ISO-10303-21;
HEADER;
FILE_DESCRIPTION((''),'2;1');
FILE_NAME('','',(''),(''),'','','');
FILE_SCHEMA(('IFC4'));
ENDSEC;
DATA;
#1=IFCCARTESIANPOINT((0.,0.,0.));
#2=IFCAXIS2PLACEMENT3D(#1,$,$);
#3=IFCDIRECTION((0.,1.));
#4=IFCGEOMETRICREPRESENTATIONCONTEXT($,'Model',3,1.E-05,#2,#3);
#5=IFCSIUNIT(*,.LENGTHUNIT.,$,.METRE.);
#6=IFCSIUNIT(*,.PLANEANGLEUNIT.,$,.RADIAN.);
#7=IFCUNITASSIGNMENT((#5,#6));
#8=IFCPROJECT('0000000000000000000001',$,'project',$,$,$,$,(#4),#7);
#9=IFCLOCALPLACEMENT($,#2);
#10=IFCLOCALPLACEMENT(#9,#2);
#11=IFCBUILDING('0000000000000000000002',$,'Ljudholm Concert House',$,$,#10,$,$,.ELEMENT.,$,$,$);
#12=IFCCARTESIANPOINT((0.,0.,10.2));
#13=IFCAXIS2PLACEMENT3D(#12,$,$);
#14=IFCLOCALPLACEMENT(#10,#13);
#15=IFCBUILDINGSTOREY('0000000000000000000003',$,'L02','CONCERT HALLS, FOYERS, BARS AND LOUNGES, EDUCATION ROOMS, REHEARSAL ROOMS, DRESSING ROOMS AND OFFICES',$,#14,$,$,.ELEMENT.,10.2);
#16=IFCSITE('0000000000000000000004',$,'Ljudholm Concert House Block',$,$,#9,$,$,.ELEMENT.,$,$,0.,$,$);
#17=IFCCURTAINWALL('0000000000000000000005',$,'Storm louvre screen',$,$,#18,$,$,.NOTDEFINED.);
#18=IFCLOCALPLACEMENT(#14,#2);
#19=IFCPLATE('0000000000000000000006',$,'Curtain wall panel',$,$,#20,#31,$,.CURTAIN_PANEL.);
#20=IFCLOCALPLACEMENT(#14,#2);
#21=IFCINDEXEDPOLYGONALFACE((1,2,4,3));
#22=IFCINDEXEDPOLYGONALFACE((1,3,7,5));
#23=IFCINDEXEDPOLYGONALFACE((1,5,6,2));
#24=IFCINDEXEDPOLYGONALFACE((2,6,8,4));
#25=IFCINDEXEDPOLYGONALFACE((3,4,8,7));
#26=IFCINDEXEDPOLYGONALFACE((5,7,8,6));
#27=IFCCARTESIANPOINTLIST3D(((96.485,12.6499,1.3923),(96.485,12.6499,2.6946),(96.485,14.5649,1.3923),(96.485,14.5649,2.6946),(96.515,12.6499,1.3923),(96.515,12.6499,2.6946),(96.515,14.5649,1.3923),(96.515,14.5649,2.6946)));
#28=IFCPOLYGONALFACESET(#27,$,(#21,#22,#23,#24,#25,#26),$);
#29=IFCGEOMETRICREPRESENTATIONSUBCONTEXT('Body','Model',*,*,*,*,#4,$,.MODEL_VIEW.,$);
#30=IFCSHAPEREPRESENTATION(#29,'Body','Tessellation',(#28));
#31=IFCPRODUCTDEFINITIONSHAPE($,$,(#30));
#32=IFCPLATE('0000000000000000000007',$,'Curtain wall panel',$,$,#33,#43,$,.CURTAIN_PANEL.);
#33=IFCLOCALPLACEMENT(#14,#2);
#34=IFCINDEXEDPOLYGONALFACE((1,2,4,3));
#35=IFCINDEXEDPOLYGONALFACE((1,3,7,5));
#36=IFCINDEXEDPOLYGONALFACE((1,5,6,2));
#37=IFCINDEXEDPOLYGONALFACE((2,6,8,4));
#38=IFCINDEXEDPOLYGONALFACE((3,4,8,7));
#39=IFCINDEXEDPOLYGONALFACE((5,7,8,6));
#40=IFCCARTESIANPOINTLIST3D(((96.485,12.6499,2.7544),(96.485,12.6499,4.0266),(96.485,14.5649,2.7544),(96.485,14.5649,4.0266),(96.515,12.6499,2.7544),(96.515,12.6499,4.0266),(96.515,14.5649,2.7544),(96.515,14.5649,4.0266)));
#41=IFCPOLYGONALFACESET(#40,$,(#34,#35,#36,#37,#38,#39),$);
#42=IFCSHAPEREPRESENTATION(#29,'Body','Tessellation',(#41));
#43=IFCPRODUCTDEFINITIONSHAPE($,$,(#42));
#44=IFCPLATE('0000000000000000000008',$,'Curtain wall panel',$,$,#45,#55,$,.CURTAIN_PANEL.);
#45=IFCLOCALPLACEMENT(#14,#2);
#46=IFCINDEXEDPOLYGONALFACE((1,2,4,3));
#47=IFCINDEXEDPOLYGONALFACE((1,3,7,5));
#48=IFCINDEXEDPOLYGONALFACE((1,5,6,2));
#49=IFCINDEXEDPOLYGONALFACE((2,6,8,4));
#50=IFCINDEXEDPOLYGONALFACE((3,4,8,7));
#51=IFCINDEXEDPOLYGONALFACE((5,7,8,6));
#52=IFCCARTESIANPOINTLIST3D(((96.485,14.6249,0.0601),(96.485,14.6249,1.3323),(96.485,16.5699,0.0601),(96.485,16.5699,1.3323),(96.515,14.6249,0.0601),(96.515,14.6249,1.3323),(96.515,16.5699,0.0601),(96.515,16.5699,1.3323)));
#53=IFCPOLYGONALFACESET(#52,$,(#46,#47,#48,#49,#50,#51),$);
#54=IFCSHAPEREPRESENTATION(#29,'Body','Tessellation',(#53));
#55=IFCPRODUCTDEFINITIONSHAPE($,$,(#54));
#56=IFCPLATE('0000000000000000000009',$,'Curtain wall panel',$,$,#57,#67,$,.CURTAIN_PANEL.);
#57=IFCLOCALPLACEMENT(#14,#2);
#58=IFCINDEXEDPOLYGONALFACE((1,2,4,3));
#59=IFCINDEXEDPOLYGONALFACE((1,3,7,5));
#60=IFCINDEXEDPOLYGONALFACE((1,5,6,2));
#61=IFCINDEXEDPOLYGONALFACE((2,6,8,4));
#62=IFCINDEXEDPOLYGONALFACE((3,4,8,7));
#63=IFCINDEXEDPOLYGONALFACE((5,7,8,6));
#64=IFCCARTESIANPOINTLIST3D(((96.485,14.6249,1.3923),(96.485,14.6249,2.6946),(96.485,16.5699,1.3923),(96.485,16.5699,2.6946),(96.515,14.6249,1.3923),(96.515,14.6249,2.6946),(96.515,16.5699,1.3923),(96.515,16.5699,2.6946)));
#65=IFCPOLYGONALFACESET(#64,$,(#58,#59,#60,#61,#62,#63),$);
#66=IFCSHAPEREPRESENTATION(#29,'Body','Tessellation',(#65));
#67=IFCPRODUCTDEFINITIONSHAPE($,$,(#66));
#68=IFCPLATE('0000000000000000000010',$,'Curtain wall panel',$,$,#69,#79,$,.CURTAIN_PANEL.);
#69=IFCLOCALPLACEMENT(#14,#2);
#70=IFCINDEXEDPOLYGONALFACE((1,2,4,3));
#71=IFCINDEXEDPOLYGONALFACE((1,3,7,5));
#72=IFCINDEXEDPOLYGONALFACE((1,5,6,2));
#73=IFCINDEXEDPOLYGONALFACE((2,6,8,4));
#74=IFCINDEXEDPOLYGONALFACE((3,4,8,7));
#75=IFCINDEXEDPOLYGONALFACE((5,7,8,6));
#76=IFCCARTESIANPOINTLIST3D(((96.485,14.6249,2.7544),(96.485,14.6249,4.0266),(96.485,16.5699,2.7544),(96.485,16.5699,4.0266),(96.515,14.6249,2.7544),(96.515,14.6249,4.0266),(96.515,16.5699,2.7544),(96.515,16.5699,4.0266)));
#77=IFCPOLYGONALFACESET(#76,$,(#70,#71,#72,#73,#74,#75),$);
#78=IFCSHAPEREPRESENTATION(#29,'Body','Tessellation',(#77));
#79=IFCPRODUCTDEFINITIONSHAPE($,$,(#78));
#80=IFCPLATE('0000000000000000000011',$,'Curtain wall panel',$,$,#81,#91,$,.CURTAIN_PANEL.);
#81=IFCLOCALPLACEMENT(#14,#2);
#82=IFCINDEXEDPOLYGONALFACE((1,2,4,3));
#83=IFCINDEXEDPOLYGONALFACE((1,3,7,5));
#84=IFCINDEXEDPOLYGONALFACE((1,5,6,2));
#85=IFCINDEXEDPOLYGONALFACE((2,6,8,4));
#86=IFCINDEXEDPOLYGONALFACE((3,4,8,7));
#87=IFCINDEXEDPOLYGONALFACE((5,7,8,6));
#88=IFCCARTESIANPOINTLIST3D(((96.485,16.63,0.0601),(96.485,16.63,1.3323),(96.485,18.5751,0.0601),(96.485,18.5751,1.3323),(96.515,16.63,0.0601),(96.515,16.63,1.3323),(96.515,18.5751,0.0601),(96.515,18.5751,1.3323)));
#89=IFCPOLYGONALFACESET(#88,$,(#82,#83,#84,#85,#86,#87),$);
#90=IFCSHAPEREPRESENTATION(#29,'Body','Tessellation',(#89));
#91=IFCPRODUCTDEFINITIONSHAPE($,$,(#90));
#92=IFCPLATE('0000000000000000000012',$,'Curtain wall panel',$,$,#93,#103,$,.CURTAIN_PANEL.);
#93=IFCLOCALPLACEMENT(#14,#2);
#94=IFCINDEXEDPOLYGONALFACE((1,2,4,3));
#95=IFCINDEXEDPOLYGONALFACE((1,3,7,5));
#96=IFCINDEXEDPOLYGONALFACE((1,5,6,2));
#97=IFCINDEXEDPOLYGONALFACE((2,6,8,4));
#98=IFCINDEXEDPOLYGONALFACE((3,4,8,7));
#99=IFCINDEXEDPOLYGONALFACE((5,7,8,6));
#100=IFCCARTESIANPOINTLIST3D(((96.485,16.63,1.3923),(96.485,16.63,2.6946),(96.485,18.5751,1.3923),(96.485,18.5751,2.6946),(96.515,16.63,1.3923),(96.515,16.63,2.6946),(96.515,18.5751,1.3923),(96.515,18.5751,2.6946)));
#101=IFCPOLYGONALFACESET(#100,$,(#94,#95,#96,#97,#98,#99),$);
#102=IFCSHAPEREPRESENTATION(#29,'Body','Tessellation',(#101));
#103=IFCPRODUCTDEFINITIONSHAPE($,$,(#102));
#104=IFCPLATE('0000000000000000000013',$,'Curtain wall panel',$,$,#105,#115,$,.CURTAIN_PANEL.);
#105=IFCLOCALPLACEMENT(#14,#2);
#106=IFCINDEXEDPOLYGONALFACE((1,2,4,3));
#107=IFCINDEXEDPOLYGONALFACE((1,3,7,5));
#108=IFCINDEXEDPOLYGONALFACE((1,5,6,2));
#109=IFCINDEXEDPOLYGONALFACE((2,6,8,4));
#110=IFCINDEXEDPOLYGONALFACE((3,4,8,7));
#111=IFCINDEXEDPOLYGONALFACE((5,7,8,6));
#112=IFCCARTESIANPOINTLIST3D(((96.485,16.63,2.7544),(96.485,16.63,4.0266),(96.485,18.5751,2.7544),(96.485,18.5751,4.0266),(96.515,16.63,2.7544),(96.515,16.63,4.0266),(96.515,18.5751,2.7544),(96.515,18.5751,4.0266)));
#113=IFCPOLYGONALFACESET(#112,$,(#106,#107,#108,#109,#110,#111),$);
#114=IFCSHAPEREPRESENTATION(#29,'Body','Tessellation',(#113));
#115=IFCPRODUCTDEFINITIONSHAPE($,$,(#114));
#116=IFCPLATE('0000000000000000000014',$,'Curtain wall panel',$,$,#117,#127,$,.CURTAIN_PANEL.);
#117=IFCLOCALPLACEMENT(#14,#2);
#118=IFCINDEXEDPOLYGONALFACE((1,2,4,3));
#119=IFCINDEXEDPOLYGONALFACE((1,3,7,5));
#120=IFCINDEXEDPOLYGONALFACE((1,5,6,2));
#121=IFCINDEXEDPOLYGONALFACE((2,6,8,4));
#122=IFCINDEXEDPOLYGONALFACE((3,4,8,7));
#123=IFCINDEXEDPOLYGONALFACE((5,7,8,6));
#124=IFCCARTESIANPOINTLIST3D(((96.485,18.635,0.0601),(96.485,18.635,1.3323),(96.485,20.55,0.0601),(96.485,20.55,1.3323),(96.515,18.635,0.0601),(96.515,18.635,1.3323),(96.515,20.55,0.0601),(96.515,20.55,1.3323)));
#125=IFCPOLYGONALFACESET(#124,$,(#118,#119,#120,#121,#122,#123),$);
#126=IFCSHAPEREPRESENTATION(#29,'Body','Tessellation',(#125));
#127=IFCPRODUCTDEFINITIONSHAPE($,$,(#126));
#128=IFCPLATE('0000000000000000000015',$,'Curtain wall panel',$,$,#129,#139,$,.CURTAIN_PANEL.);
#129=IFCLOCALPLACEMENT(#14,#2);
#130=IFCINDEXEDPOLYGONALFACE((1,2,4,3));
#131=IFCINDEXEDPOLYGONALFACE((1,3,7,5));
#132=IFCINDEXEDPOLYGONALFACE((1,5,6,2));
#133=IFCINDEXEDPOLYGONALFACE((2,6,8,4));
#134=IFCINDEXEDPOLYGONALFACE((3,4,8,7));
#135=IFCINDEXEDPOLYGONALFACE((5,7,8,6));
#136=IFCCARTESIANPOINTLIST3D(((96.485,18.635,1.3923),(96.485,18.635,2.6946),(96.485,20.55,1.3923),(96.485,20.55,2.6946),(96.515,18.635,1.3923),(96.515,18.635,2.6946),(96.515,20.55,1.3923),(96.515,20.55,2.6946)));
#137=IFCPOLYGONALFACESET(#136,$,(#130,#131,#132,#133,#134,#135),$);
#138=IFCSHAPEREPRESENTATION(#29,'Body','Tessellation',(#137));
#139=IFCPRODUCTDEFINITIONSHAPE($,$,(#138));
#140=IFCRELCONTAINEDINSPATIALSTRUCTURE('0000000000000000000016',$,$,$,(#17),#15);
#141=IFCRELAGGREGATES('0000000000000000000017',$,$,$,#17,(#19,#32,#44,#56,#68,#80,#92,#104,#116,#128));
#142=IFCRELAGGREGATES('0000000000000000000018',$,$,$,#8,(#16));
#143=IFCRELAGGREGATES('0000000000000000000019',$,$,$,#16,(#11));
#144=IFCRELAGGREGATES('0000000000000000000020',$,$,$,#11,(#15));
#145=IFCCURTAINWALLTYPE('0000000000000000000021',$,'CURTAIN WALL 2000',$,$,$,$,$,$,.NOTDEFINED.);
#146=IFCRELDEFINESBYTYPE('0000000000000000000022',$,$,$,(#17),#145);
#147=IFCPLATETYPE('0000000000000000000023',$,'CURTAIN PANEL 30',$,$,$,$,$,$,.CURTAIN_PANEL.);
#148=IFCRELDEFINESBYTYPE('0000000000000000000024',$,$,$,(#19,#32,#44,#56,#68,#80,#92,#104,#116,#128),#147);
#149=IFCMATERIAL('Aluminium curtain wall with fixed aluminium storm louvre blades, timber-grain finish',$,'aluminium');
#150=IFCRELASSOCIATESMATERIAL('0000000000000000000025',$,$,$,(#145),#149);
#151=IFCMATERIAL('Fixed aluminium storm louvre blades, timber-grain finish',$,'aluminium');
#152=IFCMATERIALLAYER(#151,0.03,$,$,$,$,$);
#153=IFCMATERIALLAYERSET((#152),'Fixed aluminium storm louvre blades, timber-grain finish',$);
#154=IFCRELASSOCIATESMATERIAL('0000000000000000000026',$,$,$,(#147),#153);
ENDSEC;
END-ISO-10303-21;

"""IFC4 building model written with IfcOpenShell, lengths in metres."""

from ifc_helpers import new_model, si_unit, direction, frame, origin, origin_2d, place, context, subcontext, project, spatial, rectangle, extrude, material, layer, layer_set, type_object, element, aggregate, save


model = new_model("IFC4")

# Units and contexts
model_context = context("Model", 3, precision=1e-05, world=origin(), true_north=direction((0.0, 1.0)))
body_context = subcontext(model_context, "Body", "Model", "MODEL_VIEW")
ifc_project = project(units=[si_unit("LENGTHUNIT", "METRE"), si_unit("PLANEANGLEUNIT", "RADIAN")], contexts=[model_context])

# Site, building, storey
site_placement = place(None, origin())
site = spatial("IfcSite", under=ifc_project, at=site_placement, Name="Ljudholm Concert House Block", CompositionType="ELEMENT", RefElevation=0.0)
building_placement = place(site_placement, origin())
building = spatial("IfcBuilding", under=site, at=building_placement, Name="Ljudholm Concert House", CompositionType="ELEMENT")
storey_placement = place(building_placement, frame((0.0, 0.0, 10.2)))
storey = spatial("IfcBuildingStorey", under=building, at=storey_placement, Name="L02", Description="CONCERT HALLS, FOYERS, BARS AND LOUNGES, EDUCATION ROOMS, REHEARSAL ROOMS, DRESSING ROOMS AND OFFICES", CompositionType="ELEMENT", Elevation=10.2)

# Curtain wall, plates
ifc_material_1 = material(Name="Aluminium curtain wall with fixed aluminium storm louvre blades, timber-grain finish", Category="aluminium")
curtain_wall_type = type_object("IfcCurtainWallType", Name="CURTAIN WALL 2000", PredefinedType="NOTDEFINED", material=ifc_material_1)
curtain_wall_placement = place(storey_placement, origin())
curtain_wall = element("IfcCurtainWall", 1, at=curtain_wall_placement, inside=storey, type_object=curtain_wall_type, Name="Storm louvre screen", PredefinedType="NOTDEFINED")
ifc_material_2 = material(Name="Fixed aluminium storm louvre blades, timber-grain finish", Category="aluminium")
ifc_layer = layer(ifc_material_2, 0.03)
ifc_layer_set = layer_set([ifc_layer], Name="Fixed aluminium storm louvre blades, timber-grain finish")
plate_type = type_object("IfcPlateType", Name="CURTAIN PANEL 30", PredefinedType="CURTAIN_PANEL", material=ifc_layer_set)
plate_1_placement = place(storey_placement, frame((96.5, 13.6074, 1.3923), z_axis=(0.0, 0.0, 1.0), x_axis=(0.0, 1.0, 0.0)))
plate_1 = element("IfcPlate", 2, at=plate_1_placement, type_object=plate_type, Name="Curtain wall panel", PredefinedType="CURTAIN_PANEL", context=body_context, shape_type="SweptSolid", body=[
    extrude(rectangle(XDim=1.915, YDim=0.03, at=origin_2d()), origin(), (0.0, 0.0, 1.0), 1.3022),
])
plate_2_placement = place(storey_placement, frame((96.5, 13.6074, 2.7544), z_axis=(0.0, 0.0, 1.0), x_axis=(0.0, 1.0, 0.0)))
plate_2 = element("IfcPlate", 3, at=plate_2_placement, type_object=plate_type, Name="Curtain wall panel", PredefinedType="CURTAIN_PANEL", context=body_context, shape_type="SweptSolid", body=[
    extrude(rectangle(XDim=1.915, YDim=0.03, at=origin_2d()), origin(), (0.0, 0.0, 1.0), 1.2722),
])
plate_3_placement = place(storey_placement, frame((96.5, 15.5974, 0.0601), z_axis=(0.0, 0.0, 1.0), x_axis=(0.0, 1.0, 0.0)))
plate_3 = element("IfcPlate", 4, at=plate_3_placement, type_object=plate_type, Name="Curtain wall panel", PredefinedType="CURTAIN_PANEL", context=body_context, shape_type="SweptSolid", body=[
    extrude(rectangle(XDim=1.9451, YDim=0.03, at=origin_2d()), origin(), (0.0, 0.0, 1.0), 1.2722),
])
plate_4_placement = place(storey_placement, frame((96.5, 15.5974, 1.3923), z_axis=(0.0, 0.0, 1.0), x_axis=(0.0, 1.0, 0.0)))
plate_4 = element("IfcPlate", 5, at=plate_4_placement, type_object=plate_type, Name="Curtain wall panel", PredefinedType="CURTAIN_PANEL", context=body_context, shape_type="SweptSolid", body=[
    extrude(rectangle(XDim=1.9451, YDim=0.03, at=origin_2d()), origin(), (0.0, 0.0, 1.0), 1.3022),
])
plate_5_placement = place(storey_placement, frame((96.5, 15.5974, 2.7544), z_axis=(0.0, 0.0, 1.0), x_axis=(0.0, 1.0, 0.0)))
plate_5 = element("IfcPlate", 6, at=plate_5_placement, type_object=plate_type, Name="Curtain wall panel", PredefinedType="CURTAIN_PANEL", context=body_context, shape_type="SweptSolid", body=[
    extrude(rectangle(XDim=1.9451, YDim=0.03, at=origin_2d()), origin(), (0.0, 0.0, 1.0), 1.2722),
])
plate_6_placement = place(storey_placement, frame((96.5, 17.6025, 0.0601), z_axis=(0.0, 0.0, 1.0), x_axis=(0.0, 1.0, 0.0)))
plate_6 = element("IfcPlate", 7, at=plate_6_placement, type_object=plate_type, Name="Curtain wall panel", PredefinedType="CURTAIN_PANEL", context=body_context, shape_type="SweptSolid", body=[
    extrude(rectangle(XDim=1.9451, YDim=0.03, at=origin_2d()), origin(), (0.0, 0.0, 1.0), 1.2722),
])
plate_7_placement = place(storey_placement, frame((96.5, 17.6025, 1.3923), z_axis=(0.0, 0.0, 1.0), x_axis=(0.0, 1.0, 0.0)))
plate_7 = element("IfcPlate", 8, at=plate_7_placement, type_object=plate_type, Name="Curtain wall panel", PredefinedType="CURTAIN_PANEL", context=body_context, shape_type="SweptSolid", body=[
    extrude(rectangle(XDim=1.9451, YDim=0.03, at=origin_2d()), origin(), (0.0, 0.0, 1.0), 1.3022),
])
plate_8_placement = place(storey_placement, frame((96.5, 17.6025, 2.7544), z_axis=(0.0, 0.0, 1.0), x_axis=(0.0, 1.0, 0.0)))
plate_8 = element("IfcPlate", 9, at=plate_8_placement, type_object=plate_type, Name="Curtain wall panel", PredefinedType="CURTAIN_PANEL", context=body_context, shape_type="SweptSolid", body=[
    extrude(rectangle(XDim=1.9451, YDim=0.03, at=origin_2d()), origin(), (0.0, 0.0, 1.0), 1.2722),
])
plate_9_placement = place(storey_placement, frame((96.5, 19.5925, 0.0601), z_axis=(0.0, 0.0, 1.0), x_axis=(0.0, 1.0, 0.0)))
plate_9 = element("IfcPlate", 10, at=plate_9_placement, type_object=plate_type, Name="Curtain wall panel", PredefinedType="CURTAIN_PANEL", context=body_context, shape_type="SweptSolid", body=[
    extrude(rectangle(XDim=1.915, YDim=0.03, at=origin_2d()), origin(), (0.0, 0.0, 1.0), 1.2722),
])
plate_10_placement = place(storey_placement, frame((96.5, 19.5925, 1.3923), z_axis=(0.0, 0.0, 1.0), x_axis=(0.0, 1.0, 0.0)))
plate_10 = element("IfcPlate", 11, at=plate_10_placement, type_object=plate_type, Name="Curtain wall panel", PredefinedType="CURTAIN_PANEL", context=body_context, shape_type="SweptSolid", body=[
    extrude(rectangle(XDim=1.915, YDim=0.03, at=origin_2d()), origin(), (0.0, 0.0, 1.0), 1.3022),
])
aggregate(curtain_wall, [plate_1, plate_2, plate_3, plate_4, plate_5, plate_6, plate_7, plate_8, plate_9, plate_10])

save(model, "model.ifc")
